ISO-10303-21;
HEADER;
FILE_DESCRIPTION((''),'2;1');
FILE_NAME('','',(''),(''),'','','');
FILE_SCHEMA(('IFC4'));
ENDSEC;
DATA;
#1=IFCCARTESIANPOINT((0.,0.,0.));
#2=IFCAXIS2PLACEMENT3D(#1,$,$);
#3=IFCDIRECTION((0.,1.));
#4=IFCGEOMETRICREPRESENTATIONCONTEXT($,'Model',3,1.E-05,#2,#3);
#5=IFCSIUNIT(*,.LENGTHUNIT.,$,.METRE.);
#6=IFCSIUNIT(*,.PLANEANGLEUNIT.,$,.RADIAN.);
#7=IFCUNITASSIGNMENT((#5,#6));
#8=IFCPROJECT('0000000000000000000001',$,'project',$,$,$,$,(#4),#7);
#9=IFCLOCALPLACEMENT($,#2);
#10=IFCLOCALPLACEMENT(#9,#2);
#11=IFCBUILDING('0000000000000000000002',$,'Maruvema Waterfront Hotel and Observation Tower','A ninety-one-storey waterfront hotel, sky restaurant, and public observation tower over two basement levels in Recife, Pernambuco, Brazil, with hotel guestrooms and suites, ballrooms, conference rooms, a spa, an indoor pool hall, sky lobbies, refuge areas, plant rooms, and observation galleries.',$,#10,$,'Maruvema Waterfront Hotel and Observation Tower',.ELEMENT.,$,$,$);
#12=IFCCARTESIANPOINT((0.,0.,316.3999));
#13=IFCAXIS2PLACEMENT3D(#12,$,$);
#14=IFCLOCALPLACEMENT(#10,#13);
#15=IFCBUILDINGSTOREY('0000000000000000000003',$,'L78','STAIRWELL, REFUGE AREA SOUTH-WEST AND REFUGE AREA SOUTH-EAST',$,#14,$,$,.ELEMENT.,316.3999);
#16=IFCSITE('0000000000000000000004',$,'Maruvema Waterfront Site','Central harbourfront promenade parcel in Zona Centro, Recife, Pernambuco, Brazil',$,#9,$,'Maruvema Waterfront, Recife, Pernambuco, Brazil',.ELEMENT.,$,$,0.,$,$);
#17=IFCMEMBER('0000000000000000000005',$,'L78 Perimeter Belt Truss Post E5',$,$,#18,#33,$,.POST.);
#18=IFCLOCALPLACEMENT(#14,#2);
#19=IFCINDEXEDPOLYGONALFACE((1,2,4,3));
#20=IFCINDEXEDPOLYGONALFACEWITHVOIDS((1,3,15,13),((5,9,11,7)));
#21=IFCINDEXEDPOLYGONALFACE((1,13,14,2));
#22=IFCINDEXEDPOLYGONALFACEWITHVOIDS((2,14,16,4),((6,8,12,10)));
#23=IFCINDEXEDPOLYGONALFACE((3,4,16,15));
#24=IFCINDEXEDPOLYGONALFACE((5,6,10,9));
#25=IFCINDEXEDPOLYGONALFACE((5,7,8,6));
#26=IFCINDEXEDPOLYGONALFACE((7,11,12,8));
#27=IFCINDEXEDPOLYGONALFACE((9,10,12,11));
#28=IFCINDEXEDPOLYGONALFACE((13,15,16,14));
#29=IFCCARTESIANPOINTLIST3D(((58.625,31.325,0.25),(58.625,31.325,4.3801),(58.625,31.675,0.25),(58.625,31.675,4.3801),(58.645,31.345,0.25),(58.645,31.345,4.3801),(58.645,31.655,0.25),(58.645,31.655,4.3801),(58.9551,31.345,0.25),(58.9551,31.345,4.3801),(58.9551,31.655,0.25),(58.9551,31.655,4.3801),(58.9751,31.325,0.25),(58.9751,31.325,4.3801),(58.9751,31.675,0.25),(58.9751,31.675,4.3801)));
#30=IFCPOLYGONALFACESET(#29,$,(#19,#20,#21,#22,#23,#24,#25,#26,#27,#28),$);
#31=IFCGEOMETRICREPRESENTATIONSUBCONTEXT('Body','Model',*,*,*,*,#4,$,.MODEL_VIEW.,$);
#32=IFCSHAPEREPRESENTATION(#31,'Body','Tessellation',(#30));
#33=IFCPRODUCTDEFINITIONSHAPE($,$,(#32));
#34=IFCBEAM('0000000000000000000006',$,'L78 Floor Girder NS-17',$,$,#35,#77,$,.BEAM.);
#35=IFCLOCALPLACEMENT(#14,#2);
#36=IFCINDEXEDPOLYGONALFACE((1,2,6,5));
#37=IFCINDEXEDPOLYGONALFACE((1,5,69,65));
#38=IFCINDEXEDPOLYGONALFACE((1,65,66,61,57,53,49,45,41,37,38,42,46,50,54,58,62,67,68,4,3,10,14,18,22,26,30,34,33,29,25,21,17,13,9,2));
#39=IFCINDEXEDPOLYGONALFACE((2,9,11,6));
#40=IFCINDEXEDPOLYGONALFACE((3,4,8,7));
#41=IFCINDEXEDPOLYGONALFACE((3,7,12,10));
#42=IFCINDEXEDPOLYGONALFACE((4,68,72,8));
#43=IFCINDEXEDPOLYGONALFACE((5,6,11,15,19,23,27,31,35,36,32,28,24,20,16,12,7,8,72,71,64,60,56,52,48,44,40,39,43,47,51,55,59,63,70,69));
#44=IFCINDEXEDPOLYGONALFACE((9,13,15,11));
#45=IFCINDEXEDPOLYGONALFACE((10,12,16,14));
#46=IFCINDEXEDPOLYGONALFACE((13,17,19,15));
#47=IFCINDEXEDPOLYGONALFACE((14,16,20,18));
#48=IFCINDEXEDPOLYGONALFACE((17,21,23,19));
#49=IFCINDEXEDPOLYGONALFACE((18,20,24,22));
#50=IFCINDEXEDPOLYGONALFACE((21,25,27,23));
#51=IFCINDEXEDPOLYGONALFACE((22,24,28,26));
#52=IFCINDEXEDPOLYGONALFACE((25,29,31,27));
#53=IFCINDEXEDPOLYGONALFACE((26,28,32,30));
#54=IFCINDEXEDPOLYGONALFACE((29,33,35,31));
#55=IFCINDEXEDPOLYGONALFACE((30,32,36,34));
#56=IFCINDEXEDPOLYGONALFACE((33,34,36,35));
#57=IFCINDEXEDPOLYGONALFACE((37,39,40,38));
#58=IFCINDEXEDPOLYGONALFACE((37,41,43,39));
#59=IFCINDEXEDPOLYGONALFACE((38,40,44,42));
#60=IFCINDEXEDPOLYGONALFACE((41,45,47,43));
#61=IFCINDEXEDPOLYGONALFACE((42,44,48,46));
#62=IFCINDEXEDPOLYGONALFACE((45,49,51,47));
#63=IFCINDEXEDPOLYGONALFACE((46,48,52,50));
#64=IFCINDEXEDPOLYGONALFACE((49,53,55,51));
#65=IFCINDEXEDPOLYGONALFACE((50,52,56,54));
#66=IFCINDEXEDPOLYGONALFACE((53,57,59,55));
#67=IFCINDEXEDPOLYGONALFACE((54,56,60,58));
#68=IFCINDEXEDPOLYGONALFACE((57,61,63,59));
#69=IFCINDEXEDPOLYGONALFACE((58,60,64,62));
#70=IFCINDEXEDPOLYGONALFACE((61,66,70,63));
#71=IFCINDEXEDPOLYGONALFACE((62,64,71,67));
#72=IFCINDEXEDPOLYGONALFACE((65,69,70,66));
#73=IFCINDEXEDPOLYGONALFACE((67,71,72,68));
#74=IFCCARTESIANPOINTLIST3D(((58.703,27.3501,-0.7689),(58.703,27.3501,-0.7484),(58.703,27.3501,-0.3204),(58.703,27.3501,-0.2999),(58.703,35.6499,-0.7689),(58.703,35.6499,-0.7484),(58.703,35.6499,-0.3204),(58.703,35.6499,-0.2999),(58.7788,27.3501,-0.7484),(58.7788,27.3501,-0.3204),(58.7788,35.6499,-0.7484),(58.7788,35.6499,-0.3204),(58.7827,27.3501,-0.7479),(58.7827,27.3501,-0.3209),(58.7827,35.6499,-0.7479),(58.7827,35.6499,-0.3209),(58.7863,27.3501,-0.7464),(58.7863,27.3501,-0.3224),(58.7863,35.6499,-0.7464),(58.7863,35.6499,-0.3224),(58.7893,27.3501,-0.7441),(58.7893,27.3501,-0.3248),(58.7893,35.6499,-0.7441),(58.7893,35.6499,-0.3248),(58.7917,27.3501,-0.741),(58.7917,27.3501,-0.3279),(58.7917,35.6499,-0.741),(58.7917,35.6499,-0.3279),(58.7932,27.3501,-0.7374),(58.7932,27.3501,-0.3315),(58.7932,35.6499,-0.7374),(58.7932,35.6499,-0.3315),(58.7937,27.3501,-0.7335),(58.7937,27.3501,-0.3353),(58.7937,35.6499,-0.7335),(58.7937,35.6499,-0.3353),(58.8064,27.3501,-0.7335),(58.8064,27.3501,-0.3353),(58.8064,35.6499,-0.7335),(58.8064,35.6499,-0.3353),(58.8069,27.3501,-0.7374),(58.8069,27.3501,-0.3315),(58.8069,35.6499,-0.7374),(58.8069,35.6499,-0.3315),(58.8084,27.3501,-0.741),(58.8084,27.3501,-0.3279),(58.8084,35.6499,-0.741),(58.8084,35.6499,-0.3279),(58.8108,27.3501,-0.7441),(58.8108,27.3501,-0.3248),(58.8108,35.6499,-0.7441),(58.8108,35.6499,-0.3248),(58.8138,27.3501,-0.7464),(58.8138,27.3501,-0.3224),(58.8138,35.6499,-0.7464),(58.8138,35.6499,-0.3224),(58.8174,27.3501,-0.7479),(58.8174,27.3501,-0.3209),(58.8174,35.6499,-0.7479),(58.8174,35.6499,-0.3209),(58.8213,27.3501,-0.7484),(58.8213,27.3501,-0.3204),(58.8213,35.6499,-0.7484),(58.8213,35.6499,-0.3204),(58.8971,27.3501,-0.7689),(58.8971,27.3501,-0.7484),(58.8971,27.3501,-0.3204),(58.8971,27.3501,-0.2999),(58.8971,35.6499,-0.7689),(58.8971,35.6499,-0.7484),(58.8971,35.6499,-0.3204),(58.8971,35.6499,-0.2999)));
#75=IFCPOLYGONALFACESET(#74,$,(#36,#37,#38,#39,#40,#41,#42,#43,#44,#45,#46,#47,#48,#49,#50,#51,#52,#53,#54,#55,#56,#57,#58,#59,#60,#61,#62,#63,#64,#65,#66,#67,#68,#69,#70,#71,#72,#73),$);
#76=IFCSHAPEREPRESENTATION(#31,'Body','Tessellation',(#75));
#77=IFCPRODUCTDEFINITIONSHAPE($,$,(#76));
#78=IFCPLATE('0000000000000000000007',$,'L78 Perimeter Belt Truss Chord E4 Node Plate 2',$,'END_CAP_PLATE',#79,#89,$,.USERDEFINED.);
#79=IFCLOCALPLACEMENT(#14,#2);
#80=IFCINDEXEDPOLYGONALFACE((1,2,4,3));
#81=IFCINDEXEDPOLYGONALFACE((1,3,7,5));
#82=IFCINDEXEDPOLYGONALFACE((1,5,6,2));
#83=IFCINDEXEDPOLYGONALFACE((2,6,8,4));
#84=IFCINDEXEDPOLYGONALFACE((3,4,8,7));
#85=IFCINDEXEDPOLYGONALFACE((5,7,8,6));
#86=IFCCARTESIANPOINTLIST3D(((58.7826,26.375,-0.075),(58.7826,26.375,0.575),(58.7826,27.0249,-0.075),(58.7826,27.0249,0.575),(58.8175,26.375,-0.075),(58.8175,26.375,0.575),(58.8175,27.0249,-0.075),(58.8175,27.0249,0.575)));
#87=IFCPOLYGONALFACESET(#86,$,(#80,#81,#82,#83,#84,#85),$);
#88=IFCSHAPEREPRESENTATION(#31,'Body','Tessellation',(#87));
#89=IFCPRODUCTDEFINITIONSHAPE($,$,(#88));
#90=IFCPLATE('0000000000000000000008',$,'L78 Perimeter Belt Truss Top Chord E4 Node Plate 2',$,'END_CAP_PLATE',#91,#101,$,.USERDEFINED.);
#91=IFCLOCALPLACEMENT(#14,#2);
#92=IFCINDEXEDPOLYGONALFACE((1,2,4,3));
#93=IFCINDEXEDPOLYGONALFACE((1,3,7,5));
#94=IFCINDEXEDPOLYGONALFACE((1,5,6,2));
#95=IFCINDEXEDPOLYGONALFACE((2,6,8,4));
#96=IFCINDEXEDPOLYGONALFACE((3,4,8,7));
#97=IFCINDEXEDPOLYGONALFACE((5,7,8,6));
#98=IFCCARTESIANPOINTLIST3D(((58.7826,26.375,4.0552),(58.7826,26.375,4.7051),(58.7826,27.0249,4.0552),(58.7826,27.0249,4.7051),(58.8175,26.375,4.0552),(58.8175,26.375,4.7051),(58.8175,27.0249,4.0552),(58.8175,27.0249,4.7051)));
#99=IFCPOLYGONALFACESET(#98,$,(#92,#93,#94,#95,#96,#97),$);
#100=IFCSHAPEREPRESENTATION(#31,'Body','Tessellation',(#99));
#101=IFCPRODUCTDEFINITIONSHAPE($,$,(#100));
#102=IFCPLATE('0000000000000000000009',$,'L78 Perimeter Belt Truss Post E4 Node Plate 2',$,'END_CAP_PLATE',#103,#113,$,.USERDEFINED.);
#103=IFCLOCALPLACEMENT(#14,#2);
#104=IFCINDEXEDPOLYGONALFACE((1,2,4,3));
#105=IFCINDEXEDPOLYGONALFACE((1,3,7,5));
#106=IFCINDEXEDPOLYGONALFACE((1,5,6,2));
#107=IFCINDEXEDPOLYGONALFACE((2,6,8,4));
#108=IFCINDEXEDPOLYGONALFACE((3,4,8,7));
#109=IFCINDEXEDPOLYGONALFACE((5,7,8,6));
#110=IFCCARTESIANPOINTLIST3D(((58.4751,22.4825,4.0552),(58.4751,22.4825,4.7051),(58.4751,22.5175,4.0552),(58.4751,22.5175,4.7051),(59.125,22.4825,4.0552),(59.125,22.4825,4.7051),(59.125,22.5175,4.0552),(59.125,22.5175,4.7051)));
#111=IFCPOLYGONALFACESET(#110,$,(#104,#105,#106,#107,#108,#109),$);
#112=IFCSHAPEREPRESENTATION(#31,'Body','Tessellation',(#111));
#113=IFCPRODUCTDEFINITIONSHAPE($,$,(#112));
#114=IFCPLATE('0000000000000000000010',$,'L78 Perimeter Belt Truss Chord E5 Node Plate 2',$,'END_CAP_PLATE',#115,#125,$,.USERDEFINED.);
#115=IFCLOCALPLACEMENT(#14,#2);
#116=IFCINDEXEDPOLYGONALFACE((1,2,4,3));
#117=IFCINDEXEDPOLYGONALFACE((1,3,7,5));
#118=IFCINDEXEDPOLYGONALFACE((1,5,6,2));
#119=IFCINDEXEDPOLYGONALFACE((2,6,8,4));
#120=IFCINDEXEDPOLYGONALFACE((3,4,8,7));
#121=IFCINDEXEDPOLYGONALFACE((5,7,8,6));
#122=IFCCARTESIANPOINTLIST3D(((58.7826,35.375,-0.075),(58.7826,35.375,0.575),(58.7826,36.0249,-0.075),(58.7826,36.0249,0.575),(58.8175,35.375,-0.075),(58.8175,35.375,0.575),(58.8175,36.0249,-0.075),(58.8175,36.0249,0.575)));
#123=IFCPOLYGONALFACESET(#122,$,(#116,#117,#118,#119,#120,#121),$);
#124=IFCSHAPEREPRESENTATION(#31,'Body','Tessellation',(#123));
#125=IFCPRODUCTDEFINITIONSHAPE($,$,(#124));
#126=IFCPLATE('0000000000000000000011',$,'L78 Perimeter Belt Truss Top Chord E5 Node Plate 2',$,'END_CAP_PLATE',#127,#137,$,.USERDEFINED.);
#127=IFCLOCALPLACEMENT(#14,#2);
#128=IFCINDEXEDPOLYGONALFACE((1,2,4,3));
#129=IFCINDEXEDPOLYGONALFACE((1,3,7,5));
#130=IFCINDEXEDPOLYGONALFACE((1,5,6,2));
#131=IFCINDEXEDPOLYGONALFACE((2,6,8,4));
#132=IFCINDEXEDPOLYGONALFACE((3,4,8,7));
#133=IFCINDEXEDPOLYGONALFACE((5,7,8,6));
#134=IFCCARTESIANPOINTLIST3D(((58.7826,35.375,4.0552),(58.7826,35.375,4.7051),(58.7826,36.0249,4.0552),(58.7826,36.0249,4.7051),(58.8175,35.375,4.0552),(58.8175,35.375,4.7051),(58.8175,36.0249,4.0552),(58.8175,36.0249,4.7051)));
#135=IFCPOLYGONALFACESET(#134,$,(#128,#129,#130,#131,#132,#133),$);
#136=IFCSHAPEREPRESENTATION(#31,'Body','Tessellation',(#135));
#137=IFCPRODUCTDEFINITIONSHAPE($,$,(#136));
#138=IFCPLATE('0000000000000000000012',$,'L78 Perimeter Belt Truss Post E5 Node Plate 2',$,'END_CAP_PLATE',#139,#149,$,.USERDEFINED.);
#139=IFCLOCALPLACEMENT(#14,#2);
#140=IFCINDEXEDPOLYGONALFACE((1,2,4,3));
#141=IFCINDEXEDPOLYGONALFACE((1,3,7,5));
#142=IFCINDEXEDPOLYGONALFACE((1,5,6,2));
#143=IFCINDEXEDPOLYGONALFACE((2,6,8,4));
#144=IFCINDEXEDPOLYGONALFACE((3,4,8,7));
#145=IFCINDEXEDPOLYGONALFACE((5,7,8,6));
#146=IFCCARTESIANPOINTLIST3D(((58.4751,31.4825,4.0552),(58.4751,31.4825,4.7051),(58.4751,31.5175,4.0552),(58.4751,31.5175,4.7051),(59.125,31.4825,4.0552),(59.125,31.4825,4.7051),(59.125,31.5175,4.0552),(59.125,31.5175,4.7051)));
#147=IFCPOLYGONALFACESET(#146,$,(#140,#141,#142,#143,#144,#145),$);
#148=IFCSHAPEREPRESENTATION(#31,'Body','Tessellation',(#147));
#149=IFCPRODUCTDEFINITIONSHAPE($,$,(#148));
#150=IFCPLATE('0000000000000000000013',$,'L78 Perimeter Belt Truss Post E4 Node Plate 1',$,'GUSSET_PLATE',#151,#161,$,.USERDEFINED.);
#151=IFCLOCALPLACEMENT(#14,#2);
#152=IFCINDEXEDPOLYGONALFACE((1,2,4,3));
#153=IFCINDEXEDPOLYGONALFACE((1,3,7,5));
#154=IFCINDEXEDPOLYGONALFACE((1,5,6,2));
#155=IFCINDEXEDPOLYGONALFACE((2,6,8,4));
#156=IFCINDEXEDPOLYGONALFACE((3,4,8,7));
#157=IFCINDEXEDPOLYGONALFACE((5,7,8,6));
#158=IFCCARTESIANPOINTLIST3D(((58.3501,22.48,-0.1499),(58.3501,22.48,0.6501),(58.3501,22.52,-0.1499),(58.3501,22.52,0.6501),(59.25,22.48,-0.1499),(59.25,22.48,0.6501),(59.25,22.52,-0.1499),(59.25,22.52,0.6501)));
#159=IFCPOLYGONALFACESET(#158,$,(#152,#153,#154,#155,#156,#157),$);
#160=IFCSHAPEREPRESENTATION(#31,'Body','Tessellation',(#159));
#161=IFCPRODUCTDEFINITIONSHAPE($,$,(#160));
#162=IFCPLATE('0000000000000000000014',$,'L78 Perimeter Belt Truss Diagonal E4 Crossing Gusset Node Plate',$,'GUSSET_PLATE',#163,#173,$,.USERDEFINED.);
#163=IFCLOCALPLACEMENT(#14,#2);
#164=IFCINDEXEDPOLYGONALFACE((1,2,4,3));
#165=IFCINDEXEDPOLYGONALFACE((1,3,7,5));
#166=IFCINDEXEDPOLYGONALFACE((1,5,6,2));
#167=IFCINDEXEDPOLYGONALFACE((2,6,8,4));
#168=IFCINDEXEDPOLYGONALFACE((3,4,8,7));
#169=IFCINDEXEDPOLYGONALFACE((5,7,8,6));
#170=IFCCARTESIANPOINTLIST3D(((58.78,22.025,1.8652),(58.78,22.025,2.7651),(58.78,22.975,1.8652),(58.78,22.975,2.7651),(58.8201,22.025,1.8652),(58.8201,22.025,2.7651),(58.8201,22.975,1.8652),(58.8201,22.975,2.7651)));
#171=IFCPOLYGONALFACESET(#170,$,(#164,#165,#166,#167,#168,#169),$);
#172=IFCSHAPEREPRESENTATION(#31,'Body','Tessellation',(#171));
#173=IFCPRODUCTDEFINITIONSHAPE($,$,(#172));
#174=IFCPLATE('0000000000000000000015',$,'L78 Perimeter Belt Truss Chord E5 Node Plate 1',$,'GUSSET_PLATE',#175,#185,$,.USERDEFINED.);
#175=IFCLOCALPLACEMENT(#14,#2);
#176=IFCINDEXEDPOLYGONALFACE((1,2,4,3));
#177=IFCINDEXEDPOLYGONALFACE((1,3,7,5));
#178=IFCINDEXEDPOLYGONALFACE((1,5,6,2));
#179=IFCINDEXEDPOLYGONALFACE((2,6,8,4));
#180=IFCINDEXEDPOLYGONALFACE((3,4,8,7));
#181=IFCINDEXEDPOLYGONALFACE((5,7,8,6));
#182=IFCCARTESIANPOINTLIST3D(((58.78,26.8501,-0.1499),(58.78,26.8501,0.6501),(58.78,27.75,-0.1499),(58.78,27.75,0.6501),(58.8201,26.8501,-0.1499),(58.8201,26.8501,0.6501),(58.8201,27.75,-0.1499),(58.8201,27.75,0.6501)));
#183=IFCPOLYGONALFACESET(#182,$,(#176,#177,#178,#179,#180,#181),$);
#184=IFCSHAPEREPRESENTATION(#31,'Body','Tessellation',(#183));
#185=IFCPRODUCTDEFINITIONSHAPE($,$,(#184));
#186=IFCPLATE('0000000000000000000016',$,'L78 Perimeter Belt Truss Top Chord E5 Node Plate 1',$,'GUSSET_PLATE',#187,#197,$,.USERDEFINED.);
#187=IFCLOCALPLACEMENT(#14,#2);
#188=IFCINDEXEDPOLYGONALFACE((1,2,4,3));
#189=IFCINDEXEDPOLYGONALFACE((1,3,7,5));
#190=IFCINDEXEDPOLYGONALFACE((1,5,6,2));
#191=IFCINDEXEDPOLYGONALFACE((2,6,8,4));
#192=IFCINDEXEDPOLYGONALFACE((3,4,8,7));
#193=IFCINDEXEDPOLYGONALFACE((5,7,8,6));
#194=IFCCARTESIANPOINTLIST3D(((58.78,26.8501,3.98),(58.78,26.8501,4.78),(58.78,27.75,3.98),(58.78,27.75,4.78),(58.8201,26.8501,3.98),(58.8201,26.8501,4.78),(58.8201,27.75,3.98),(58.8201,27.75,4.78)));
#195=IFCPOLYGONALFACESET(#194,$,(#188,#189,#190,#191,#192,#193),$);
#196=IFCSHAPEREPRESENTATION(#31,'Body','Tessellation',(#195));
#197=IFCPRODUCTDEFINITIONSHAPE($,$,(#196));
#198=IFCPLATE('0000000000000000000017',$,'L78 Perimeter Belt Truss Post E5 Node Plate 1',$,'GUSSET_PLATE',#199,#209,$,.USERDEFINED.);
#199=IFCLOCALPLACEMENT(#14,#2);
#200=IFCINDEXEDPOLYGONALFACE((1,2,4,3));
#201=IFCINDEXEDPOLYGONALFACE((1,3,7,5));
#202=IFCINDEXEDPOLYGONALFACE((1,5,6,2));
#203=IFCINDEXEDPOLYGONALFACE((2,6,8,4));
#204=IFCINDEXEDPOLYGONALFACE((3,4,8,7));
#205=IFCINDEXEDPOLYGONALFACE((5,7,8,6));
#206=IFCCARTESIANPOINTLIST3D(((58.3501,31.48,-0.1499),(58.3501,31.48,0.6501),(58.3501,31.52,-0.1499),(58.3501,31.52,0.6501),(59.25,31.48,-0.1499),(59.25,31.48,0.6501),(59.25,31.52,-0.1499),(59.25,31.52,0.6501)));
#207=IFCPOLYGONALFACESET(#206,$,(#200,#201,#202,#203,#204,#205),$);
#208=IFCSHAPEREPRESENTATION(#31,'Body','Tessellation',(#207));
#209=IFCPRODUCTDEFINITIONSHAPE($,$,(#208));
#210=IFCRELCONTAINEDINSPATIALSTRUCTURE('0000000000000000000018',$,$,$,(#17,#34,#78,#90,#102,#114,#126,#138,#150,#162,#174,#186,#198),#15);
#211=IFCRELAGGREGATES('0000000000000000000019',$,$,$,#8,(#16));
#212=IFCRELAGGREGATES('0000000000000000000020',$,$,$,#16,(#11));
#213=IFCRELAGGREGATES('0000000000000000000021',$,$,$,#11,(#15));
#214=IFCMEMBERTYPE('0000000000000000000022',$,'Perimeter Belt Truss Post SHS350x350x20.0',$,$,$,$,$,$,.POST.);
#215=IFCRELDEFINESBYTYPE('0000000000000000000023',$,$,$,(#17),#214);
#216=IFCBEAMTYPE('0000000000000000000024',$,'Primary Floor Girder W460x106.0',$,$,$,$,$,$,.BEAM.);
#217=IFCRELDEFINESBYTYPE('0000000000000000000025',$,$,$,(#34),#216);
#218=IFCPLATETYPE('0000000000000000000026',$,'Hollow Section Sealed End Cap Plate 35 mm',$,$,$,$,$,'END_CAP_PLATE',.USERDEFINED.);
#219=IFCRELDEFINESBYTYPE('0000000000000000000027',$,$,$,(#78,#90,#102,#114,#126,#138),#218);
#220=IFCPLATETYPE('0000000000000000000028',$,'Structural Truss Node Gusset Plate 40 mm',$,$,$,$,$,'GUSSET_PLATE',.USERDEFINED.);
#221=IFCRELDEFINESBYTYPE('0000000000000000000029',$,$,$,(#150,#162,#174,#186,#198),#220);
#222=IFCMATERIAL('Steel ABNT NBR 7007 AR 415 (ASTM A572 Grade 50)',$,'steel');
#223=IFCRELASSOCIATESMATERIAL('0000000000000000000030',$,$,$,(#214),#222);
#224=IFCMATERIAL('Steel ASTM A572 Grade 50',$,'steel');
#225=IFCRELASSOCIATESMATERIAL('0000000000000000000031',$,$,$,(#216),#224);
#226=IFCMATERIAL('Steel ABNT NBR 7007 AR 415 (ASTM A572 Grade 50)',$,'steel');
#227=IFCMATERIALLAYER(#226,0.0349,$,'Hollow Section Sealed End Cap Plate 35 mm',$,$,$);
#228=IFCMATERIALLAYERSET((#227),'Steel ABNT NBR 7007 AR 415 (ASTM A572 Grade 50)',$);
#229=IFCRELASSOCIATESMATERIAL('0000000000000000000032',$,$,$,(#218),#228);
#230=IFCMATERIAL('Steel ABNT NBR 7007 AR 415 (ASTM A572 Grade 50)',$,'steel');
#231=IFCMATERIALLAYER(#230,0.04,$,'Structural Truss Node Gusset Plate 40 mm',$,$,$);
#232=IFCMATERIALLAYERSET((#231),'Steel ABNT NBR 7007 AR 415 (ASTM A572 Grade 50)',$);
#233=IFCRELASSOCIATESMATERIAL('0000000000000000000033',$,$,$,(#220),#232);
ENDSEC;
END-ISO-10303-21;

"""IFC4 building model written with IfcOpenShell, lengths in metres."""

from ifc_helpers import new_model, si_unit, direction, frame, origin, origin_2d, place, context, subcontext, project, spatial, rectangle, hollow_rectangle, i_section, extrude, material, layer, layer_set, material_profile, profile_set, type_object, element, save


model = new_model("IFC4")

# Units and contexts
model_context = context("Model", 3, precision=1e-05, world=origin(), true_north=direction((0.0, 1.0)))
body_context = subcontext(model_context, "Body", "Model", "MODEL_VIEW")
ifc_project = project(units=[si_unit("LENGTHUNIT", "METRE"), si_unit("PLANEANGLEUNIT", "RADIAN")], contexts=[model_context])

# Site, building, storey
site_placement = place(None, origin())
site = spatial("IfcSite", under=ifc_project, at=site_placement, Name="Maruvema Waterfront Site", Description="Central harbourfront promenade parcel in Zona Centro, Recife, Pernambuco, Brazil", LongName="Maruvema Waterfront, Recife, Pernambuco, Brazil", CompositionType="ELEMENT", RefElevation=0.0)
building_placement = place(site_placement, origin())
building = spatial("IfcBuilding", under=site, at=building_placement, Name="Maruvema Waterfront Hotel and Observation Tower", Description="A ninety-one-storey waterfront hotel, sky restaurant, and public observation tower over two basement levels in Recife, Pernambuco, Brazil, with hotel guestrooms and suites, ballrooms, conference rooms, a spa, an indoor pool hall, sky lobbies, refuge areas, plant rooms, and observation galleries.", LongName="Maruvema Waterfront Hotel and Observation Tower", CompositionType="ELEMENT")
storey_placement = place(building_placement, frame((0.0, 0.0, 316.3999)))
storey = spatial("IfcBuildingStorey", under=building, at=storey_placement, Name="L78", Description="STAIRWELL, REFUGE AREA SOUTH-WEST AND REFUGE AREA SOUTH-EAST", CompositionType="ELEMENT", Elevation=316.3999)

# Member
ifc_material_1 = material(Name="Steel ABNT NBR 7007 AR 415 (ASTM A572 Grade 50)", Category="steel")
ifc_material_profile_1 = material_profile(ifc_material_1, hollow_rectangle(XDim=0.3501, YDim=0.3501, WallThickness=0.02, at=origin_2d()), Name="SHS350x350x20.0")
ifc_profile_set_1 = profile_set([ifc_material_profile_1], Name="Steel ABNT NBR 7007 AR 415 (ASTM A572 Grade 50)")
member_type_1 = type_object("IfcMemberType", Name="Perimeter Belt Truss Post SHS350x350x20.0", PredefinedType="POST", material=ifc_profile_set_1)
for number, where, z_axis, x_axis, name in (
    (1, (58.8, 31.5, 0.25), (0.0, 0.0, 1.0), (1.0, 0.0, 0.0), "L78 Perimeter Belt Truss Post E5"),
):
    element("IfcMember", number, at=place(storey_placement, frame(where, z_axis=z_axis, x_axis=x_axis)), inside=storey, type_object=member_type_1, Name=name, PredefinedType="POST", context=body_context, shape_type="SweptSolid", body=[
        extrude(hollow_rectangle(XDim=0.3501, YDim=0.3501, WallThickness=0.02, at=origin_2d()), origin(), (0.0, 0.0, 1.0), 4.1301),
    ])

# Beam
ifc_material_2 = material(Name="Steel ASTM A572 Grade 50", Category="steel")
ifc_material_profile_2 = material_profile(ifc_material_2, i_section(OverallWidth=0.1941, OverallDepth=0.469, WebThickness=0.0127, FlangeThickness=0.0205, FilletRadius=0.0149, at=origin_2d()), Name="W460x106.0")
ifc_profile_set_2 = profile_set([ifc_material_profile_2], Name="Steel ASTM A572 Grade 50")
beam_type = type_object("IfcBeamType", Name="Primary Floor Girder W460x106.0", PredefinedType="BEAM", material=ifc_profile_set_2)
beam_placement = place(storey_placement, frame((58.8, 27.3501, -0.5344), z_axis=(0.0, 1.0, 0.0), x_axis=(-1.0, 0.0, 0.0)))
element("IfcBeam", 2, at=beam_placement, inside=storey, type_object=beam_type, Name="L78 Floor Girder NS-17", PredefinedType="BEAM", context=body_context, shape_type="SweptSolid", body=[
    extrude(i_section(OverallWidth=0.1941, OverallDepth=0.469, WebThickness=0.0127, FlangeThickness=0.0205, FilletRadius=0.0149, at=origin_2d()), origin(), (0.0, 0.0, 1.0), 8.2998),
])

# Plates
ifc_material_3 = material(Name="Steel ABNT NBR 7007 AR 415 (ASTM A572 Grade 50)", Category="steel")
ifc_layer_1 = layer(ifc_material_3, 0.0349, Name="Hollow Section Sealed End Cap Plate 35 mm")
ifc_layer_set_1 = layer_set([ifc_layer_1], Name="Steel ABNT NBR 7007 AR 415 (ASTM A572 Grade 50)")
plate_type_1 = type_object("IfcPlateType", Name="Hollow Section Sealed End Cap Plate 35 mm", ElementType="END_CAP_PLATE", PredefinedType="USERDEFINED", material=ifc_layer_set_1)
for number, where, z_axis, x_axis, name in (
    (3, (58.8, 26.7, -0.075), (0.0, 0.0, 1.0), (0.0, 1.0, 0.0), "L78 Perimeter Belt Truss Chord E4 Node Plate 2"),
    (4, (58.8, 26.7, 4.0552), (0.0, 0.0, 1.0), (0.0, 1.0, 0.0), "L78 Perimeter Belt Truss Top Chord E4 Node Plate 2"),
    (5, (58.8, 22.5, 4.0552), (0.0, 0.0, 1.0), (1.0, 0.0, 0.0), "L78 Perimeter Belt Truss Post E4 Node Plate 2"),
    (6, (58.8, 35.7, -0.075), (0.0, 0.0, 1.0), (0.0, 1.0, 0.0), "L78 Perimeter Belt Truss Chord E5 Node Plate 2"),
    (7, (58.8, 35.7, 4.0552), (0.0, 0.0, 1.0), (0.0, 1.0, 0.0), "L78 Perimeter Belt Truss Top Chord E5 Node Plate 2"),
    (8, (58.8, 31.5, 4.0552), (0.0, 0.0, 1.0), (1.0, 0.0, 0.0), "L78 Perimeter Belt Truss Post E5 Node Plate 2"),
):
    element("IfcPlate", number, at=place(storey_placement, frame(where, z_axis=z_axis, x_axis=x_axis)), inside=storey, type_object=plate_type_1, Name=name, ObjectType="END_CAP_PLATE", PredefinedType="USERDEFINED", context=body_context, shape_type="SweptSolid", body=[
        extrude(rectangle(XDim=0.6499, YDim=0.0349, at=origin_2d()), origin(), (0.0, 0.0, 1.0), 0.6499),
    ])
ifc_material_4 = material(Name="Steel ABNT NBR 7007 AR 415 (ASTM A572 Grade 50)", Category="steel")
ifc_layer_2 = layer(ifc_material_4, 0.04, Name="Structural Truss Node Gusset Plate 40 mm")
ifc_layer_set_2 = layer_set([ifc_layer_2], Name="Steel ABNT NBR 7007 AR 415 (ASTM A572 Grade 50)")
plate_type_2 = type_object("IfcPlateType", Name="Structural Truss Node Gusset Plate 40 mm", ElementType="GUSSET_PLATE", PredefinedType="USERDEFINED", material=ifc_layer_set_2)
plate_1_placement = place(storey_placement, frame((58.8, 22.5, -0.1499), z_axis=(0.0, 0.0, 1.0), x_axis=(1.0, 0.0, 0.0)))
element("IfcPlate", 9, at=plate_1_placement, inside=storey, type_object=plate_type_2, Name="L78 Perimeter Belt Truss Post E4 Node Plate 1", ObjectType="GUSSET_PLATE", PredefinedType="USERDEFINED", context=body_context, shape_type="SweptSolid", body=[
    extrude(rectangle(XDim=0.8999, YDim=0.04, at=origin_2d()), origin(), (0.0, 0.0, 1.0), 0.8),
])
plate_2_placement = place(storey_placement, frame((58.8, 22.5, 1.8652), z_axis=(0.0, 0.0, 1.0), x_axis=(0.0, -1.0, 0.0)))
element("IfcPlate", 10, at=plate_2_placement, inside=storey, type_object=plate_type_2, Name="L78 Perimeter Belt Truss Diagonal E4 Crossing Gusset Node Plate", ObjectType="GUSSET_PLATE", PredefinedType="USERDEFINED", context=body_context, shape_type="SweptSolid", body=[
    extrude(rectangle(XDim=0.95, YDim=0.04, at=origin_2d()), origin(), (0.0, 0.0, 1.0), 0.8999),
])
for number, where, z_axis, x_axis, name in (
    (11, (58.8, 27.3, -0.1499), (0.0, 0.0, 1.0), (0.0, 1.0, 0.0), "L78 Perimeter Belt Truss Chord E5 Node Plate 1"),
    (12, (58.8, 27.3, 3.98), (0.0, 0.0, 1.0), (0.0, 1.0, 0.0), "L78 Perimeter Belt Truss Top Chord E5 Node Plate 1"),
    (13, (58.8, 31.5, -0.1499), (0.0, 0.0, 1.0), (1.0, 0.0, 0.0), "L78 Perimeter Belt Truss Post E5 Node Plate 1"),
):
    element("IfcPlate", number, at=place(storey_placement, frame(where, z_axis=z_axis, x_axis=x_axis)), inside=storey, type_object=plate_type_2, Name=name, ObjectType="GUSSET_PLATE", PredefinedType="USERDEFINED", context=body_context, shape_type="SweptSolid", body=[
        extrude(rectangle(XDim=0.8999, YDim=0.04, at=origin_2d()), origin(), (0.0, 0.0, 1.0), 0.8),
    ])

save(model, "model.ifc")
